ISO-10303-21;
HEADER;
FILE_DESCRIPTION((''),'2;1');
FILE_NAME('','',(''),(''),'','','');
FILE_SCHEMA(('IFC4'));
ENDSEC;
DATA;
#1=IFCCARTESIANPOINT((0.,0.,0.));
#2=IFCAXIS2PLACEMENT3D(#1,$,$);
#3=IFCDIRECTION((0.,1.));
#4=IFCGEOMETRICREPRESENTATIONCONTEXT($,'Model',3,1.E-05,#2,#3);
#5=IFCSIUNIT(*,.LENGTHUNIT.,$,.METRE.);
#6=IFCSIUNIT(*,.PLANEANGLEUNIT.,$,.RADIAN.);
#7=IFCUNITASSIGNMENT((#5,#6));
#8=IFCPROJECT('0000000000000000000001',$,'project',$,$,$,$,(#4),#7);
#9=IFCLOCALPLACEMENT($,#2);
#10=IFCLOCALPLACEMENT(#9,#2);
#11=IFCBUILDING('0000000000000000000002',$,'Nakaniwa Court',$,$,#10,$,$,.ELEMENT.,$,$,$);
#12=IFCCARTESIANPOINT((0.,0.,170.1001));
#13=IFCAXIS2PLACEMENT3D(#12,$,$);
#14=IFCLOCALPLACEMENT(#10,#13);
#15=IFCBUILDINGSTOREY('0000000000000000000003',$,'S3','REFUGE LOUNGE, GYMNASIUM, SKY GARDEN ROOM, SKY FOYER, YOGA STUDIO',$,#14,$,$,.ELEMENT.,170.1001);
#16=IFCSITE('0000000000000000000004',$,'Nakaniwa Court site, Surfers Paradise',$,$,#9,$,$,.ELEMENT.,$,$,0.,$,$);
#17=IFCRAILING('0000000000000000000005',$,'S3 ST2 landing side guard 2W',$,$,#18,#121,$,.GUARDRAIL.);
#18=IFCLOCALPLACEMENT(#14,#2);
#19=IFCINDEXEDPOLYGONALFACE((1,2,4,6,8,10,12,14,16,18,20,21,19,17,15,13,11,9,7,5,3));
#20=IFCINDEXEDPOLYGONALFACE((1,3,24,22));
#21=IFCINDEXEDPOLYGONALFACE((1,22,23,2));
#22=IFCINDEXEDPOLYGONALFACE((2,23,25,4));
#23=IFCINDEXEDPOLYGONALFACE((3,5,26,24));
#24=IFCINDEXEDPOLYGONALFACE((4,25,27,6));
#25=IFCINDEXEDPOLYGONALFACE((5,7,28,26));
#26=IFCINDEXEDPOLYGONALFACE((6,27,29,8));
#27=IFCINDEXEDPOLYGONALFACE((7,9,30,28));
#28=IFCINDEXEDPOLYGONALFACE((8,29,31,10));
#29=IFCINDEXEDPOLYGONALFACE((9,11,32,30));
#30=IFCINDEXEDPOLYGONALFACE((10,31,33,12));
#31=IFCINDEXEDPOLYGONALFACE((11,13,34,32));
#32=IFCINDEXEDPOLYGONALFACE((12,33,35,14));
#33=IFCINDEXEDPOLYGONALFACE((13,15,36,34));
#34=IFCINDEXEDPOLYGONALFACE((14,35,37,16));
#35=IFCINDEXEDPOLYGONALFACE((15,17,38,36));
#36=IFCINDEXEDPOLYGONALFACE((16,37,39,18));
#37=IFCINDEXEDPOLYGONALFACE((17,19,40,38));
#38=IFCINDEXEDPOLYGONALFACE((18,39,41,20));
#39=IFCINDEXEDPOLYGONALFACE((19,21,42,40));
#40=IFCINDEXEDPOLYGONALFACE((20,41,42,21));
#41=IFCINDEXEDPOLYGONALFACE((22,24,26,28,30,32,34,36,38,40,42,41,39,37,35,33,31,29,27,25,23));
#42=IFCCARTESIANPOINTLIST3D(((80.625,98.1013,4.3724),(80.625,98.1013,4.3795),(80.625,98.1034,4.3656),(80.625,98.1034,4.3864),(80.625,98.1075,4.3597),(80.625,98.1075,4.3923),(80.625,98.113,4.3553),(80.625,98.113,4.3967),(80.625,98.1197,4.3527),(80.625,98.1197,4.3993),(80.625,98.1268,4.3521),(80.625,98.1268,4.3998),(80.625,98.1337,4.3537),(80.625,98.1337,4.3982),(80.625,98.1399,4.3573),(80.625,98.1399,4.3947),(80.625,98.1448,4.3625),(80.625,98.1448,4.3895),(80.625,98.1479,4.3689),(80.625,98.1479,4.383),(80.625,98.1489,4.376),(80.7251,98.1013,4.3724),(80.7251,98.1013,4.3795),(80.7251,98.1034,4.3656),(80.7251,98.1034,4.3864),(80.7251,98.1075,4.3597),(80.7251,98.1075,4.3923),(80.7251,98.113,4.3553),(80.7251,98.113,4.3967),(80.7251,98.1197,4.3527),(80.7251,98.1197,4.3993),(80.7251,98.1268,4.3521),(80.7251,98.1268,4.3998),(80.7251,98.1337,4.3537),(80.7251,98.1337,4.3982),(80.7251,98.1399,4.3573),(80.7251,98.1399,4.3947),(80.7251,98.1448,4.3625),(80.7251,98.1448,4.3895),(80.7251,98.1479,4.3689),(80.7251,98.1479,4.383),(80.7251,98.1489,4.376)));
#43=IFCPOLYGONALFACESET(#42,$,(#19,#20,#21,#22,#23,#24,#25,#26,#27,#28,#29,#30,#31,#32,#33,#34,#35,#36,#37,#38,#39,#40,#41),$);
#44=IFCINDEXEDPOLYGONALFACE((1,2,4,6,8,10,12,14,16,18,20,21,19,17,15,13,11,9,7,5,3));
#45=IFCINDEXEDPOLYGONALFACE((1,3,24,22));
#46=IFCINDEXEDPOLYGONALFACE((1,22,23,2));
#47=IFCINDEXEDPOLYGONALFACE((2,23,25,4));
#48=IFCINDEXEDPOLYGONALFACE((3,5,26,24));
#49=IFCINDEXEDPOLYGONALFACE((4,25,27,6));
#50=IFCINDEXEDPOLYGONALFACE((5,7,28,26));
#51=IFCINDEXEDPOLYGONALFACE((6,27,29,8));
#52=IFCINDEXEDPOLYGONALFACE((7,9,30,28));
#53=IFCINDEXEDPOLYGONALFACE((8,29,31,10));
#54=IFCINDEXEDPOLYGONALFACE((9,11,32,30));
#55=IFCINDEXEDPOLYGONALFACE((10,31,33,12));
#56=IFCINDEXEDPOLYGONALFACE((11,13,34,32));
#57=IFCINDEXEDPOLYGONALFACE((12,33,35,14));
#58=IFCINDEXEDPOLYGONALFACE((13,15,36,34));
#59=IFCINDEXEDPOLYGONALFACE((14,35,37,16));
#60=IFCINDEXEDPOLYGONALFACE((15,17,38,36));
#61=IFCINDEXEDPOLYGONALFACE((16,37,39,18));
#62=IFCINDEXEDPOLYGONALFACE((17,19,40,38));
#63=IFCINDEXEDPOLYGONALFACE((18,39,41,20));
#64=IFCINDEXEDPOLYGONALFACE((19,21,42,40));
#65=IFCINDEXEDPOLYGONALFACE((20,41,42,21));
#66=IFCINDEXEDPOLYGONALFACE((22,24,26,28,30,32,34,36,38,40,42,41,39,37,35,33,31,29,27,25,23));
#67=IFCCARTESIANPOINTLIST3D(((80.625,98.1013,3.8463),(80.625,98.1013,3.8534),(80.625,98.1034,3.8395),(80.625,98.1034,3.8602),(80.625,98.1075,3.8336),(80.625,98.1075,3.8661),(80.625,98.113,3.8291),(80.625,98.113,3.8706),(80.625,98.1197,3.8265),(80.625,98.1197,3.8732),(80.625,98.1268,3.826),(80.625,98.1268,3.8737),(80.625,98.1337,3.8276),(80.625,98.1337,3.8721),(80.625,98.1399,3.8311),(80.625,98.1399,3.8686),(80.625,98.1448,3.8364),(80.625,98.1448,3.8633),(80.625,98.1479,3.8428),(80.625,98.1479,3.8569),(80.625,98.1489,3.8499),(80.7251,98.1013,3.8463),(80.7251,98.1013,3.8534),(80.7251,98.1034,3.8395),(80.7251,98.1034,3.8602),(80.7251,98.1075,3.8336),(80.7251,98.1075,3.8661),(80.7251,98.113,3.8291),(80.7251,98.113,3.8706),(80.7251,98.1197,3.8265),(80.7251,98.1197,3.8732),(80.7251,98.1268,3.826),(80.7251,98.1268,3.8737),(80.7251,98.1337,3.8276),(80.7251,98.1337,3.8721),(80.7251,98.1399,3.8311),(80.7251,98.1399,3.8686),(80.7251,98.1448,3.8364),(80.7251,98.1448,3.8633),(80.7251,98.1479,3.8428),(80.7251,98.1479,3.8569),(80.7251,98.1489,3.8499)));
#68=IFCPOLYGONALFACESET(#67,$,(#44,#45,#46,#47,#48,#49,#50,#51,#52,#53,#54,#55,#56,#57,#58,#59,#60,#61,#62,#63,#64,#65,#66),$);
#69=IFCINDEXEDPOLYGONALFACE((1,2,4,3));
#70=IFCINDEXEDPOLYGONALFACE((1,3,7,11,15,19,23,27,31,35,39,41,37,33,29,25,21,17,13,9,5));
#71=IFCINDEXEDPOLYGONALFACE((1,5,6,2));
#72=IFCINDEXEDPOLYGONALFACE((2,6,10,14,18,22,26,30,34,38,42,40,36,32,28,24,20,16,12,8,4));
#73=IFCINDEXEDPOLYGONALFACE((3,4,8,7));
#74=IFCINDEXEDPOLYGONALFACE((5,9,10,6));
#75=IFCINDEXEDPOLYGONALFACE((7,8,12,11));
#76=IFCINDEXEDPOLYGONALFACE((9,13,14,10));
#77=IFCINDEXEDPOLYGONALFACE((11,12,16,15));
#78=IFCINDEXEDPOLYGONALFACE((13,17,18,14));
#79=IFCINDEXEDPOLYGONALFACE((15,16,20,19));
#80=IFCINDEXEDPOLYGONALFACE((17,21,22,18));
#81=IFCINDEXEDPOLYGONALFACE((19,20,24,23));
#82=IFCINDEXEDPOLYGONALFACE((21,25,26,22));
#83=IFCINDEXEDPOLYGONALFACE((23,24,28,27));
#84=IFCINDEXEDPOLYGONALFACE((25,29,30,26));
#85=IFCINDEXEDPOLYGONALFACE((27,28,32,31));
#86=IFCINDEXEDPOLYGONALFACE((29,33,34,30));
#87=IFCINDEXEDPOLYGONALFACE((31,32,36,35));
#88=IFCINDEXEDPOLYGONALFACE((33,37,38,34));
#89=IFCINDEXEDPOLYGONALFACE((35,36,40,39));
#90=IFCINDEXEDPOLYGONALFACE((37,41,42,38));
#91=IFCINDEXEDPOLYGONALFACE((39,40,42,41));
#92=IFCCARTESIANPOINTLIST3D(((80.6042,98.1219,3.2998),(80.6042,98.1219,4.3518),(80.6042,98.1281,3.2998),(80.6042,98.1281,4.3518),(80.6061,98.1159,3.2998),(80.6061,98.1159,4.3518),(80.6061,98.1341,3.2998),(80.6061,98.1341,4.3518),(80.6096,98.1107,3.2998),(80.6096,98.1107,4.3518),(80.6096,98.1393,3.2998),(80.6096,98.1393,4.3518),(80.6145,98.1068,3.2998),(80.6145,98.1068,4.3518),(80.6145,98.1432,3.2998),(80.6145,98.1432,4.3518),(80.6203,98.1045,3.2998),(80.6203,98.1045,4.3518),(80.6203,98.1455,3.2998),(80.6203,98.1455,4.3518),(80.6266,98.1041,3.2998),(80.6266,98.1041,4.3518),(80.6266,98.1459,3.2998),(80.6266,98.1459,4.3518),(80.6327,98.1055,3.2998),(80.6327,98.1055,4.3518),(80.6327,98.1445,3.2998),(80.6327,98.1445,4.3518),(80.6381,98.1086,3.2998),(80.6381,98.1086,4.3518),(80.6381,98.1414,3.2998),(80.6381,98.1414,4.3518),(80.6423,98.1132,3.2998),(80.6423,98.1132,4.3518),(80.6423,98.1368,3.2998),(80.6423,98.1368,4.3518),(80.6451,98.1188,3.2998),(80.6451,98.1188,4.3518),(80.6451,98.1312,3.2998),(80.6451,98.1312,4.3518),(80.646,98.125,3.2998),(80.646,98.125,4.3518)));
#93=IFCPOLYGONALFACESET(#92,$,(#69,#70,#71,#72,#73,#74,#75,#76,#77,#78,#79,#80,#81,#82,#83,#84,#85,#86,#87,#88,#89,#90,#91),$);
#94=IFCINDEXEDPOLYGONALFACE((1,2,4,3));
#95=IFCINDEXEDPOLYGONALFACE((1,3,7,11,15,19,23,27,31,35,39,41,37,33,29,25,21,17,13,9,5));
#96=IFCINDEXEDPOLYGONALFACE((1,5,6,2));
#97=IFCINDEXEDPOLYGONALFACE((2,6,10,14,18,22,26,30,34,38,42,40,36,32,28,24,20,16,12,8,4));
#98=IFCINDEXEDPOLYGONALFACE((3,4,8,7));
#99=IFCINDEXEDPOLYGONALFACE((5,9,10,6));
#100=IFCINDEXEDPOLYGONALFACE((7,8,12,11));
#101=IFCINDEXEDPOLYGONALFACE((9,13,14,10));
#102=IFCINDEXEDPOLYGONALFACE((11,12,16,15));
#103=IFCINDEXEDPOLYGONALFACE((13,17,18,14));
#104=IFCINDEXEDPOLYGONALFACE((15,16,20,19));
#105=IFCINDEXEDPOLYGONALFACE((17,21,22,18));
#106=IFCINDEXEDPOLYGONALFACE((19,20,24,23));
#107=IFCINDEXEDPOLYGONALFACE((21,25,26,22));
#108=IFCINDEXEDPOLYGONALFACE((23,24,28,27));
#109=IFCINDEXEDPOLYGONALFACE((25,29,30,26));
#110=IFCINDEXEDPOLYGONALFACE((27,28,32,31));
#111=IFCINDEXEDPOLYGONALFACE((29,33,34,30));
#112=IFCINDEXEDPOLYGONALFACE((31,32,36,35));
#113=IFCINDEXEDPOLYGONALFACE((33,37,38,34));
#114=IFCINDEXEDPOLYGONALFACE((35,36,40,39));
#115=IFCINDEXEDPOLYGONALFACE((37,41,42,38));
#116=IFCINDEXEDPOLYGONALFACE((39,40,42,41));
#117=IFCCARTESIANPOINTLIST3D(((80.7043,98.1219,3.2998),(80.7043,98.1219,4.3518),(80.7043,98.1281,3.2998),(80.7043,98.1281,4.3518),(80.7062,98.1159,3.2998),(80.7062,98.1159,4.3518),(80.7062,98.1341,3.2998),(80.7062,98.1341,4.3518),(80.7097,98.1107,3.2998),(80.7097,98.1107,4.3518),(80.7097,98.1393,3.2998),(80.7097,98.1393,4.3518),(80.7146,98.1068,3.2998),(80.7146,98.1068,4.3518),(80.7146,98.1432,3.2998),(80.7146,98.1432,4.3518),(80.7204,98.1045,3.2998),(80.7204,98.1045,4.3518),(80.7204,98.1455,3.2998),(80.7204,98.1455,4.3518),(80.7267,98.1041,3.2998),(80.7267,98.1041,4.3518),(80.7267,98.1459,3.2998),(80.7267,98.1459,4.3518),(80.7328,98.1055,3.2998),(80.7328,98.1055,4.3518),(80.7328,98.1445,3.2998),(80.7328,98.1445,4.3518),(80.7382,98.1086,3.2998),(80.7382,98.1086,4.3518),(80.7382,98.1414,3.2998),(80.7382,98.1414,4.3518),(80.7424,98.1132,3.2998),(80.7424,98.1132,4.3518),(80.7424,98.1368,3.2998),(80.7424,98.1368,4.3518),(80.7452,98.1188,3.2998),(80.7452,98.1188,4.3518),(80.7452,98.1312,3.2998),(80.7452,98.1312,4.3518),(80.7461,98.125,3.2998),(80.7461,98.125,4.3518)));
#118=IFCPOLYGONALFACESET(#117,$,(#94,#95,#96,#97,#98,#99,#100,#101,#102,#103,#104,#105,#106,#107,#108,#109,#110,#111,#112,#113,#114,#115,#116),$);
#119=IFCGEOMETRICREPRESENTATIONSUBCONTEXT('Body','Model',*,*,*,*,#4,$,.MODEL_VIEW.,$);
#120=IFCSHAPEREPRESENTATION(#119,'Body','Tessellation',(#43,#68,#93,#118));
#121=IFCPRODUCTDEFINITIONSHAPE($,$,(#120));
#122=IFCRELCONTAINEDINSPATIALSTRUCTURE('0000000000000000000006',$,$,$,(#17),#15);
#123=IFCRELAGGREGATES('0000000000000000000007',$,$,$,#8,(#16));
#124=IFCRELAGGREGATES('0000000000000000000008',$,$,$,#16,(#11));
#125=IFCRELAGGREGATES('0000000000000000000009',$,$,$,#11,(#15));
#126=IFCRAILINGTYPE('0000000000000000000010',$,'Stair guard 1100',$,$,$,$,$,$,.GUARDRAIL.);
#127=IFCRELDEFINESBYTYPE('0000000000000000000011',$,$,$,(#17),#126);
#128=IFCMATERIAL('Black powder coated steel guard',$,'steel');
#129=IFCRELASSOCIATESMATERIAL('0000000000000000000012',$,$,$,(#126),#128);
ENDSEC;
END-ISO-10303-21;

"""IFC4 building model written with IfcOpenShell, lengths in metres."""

from ifc_helpers import new_model, si_unit, direction, frame, origin, origin_2d, place, context, subcontext, project, spatial, circle, extrude, material, type_object, element, save


model = new_model("IFC4")

# Units and contexts
model_context = context("Model", 3, precision=1e-05, world=origin(), true_north=direction((0.0, 1.0)))
body_context = subcontext(model_context, "Body", "Model", "MODEL_VIEW")
ifc_project = project(units=[si_unit("LENGTHUNIT", "METRE"), si_unit("PLANEANGLEUNIT", "RADIAN")], contexts=[model_context])

# Site, building, storey
site_placement = place(None, origin())
site = spatial("IfcSite", under=ifc_project, at=site_placement, Name="Nakaniwa Court site, Surfers Paradise", CompositionType="ELEMENT", RefElevation=0.0)
building_placement = place(site_placement, origin())
building = spatial("IfcBuilding", under=site, at=building_placement, Name="Nakaniwa Court", CompositionType="ELEMENT")
storey_placement = place(building_placement, frame((0.0, 0.0, 170.1001)))
storey = spatial("IfcBuildingStorey", under=building, at=storey_placement, Name="S3", Description="REFUGE LOUNGE, GYMNASIUM, SKY GARDEN ROOM, SKY FOYER, YOGA STUDIO", CompositionType="ELEMENT", Elevation=170.1001)

# Railing
ifc_material_1 = material(Name="Black powder coated steel guard", Category="steel")
railing_type_1 = type_object("IfcRailingType", Name="Stair guard 1100", PredefinedType="GUARDRAIL", material=ifc_material_1)
railing_1_placement = place(storey_placement, frame((80.625, 98.125, 3.2998)))
element("IfcRailing", 1, at=railing_1_placement, inside=storey, type_object=railing_type_1, Name="S3 ST2 landing side guard 2W", PredefinedType="GUARDRAIL", context=body_context, shape_type="SweptSolid", body=[
    extrude(circle(Radius=0.0239, at=origin_2d()), frame((0.0, 0.0, 1.0762), z_axis=(1.0, 0.0, 0.0), x_axis=(0.0, 1.0, 0.0)), (0.0, 0.0, 1.0), 0.1001),
    extrude(circle(Radius=0.0239, at=origin_2d()), frame((0.0, 0.0, 0.55), z_axis=(1.0, 0.0, 0.0), x_axis=(0.0, 1.0, 0.0)), (0.0, 0.0, 1.0), 0.1001),
    extrude(circle(Radius=0.021, at=origin_2d()), origin(), (0.0, 0.0, 1.0), 1.052),
    extrude(circle(Radius=0.021, at=origin_2d()), frame((0.1001, 0.0, 0.0)), (0.0, 0.0, 1.0), 1.052),
])

save(model, "model.ifc")
